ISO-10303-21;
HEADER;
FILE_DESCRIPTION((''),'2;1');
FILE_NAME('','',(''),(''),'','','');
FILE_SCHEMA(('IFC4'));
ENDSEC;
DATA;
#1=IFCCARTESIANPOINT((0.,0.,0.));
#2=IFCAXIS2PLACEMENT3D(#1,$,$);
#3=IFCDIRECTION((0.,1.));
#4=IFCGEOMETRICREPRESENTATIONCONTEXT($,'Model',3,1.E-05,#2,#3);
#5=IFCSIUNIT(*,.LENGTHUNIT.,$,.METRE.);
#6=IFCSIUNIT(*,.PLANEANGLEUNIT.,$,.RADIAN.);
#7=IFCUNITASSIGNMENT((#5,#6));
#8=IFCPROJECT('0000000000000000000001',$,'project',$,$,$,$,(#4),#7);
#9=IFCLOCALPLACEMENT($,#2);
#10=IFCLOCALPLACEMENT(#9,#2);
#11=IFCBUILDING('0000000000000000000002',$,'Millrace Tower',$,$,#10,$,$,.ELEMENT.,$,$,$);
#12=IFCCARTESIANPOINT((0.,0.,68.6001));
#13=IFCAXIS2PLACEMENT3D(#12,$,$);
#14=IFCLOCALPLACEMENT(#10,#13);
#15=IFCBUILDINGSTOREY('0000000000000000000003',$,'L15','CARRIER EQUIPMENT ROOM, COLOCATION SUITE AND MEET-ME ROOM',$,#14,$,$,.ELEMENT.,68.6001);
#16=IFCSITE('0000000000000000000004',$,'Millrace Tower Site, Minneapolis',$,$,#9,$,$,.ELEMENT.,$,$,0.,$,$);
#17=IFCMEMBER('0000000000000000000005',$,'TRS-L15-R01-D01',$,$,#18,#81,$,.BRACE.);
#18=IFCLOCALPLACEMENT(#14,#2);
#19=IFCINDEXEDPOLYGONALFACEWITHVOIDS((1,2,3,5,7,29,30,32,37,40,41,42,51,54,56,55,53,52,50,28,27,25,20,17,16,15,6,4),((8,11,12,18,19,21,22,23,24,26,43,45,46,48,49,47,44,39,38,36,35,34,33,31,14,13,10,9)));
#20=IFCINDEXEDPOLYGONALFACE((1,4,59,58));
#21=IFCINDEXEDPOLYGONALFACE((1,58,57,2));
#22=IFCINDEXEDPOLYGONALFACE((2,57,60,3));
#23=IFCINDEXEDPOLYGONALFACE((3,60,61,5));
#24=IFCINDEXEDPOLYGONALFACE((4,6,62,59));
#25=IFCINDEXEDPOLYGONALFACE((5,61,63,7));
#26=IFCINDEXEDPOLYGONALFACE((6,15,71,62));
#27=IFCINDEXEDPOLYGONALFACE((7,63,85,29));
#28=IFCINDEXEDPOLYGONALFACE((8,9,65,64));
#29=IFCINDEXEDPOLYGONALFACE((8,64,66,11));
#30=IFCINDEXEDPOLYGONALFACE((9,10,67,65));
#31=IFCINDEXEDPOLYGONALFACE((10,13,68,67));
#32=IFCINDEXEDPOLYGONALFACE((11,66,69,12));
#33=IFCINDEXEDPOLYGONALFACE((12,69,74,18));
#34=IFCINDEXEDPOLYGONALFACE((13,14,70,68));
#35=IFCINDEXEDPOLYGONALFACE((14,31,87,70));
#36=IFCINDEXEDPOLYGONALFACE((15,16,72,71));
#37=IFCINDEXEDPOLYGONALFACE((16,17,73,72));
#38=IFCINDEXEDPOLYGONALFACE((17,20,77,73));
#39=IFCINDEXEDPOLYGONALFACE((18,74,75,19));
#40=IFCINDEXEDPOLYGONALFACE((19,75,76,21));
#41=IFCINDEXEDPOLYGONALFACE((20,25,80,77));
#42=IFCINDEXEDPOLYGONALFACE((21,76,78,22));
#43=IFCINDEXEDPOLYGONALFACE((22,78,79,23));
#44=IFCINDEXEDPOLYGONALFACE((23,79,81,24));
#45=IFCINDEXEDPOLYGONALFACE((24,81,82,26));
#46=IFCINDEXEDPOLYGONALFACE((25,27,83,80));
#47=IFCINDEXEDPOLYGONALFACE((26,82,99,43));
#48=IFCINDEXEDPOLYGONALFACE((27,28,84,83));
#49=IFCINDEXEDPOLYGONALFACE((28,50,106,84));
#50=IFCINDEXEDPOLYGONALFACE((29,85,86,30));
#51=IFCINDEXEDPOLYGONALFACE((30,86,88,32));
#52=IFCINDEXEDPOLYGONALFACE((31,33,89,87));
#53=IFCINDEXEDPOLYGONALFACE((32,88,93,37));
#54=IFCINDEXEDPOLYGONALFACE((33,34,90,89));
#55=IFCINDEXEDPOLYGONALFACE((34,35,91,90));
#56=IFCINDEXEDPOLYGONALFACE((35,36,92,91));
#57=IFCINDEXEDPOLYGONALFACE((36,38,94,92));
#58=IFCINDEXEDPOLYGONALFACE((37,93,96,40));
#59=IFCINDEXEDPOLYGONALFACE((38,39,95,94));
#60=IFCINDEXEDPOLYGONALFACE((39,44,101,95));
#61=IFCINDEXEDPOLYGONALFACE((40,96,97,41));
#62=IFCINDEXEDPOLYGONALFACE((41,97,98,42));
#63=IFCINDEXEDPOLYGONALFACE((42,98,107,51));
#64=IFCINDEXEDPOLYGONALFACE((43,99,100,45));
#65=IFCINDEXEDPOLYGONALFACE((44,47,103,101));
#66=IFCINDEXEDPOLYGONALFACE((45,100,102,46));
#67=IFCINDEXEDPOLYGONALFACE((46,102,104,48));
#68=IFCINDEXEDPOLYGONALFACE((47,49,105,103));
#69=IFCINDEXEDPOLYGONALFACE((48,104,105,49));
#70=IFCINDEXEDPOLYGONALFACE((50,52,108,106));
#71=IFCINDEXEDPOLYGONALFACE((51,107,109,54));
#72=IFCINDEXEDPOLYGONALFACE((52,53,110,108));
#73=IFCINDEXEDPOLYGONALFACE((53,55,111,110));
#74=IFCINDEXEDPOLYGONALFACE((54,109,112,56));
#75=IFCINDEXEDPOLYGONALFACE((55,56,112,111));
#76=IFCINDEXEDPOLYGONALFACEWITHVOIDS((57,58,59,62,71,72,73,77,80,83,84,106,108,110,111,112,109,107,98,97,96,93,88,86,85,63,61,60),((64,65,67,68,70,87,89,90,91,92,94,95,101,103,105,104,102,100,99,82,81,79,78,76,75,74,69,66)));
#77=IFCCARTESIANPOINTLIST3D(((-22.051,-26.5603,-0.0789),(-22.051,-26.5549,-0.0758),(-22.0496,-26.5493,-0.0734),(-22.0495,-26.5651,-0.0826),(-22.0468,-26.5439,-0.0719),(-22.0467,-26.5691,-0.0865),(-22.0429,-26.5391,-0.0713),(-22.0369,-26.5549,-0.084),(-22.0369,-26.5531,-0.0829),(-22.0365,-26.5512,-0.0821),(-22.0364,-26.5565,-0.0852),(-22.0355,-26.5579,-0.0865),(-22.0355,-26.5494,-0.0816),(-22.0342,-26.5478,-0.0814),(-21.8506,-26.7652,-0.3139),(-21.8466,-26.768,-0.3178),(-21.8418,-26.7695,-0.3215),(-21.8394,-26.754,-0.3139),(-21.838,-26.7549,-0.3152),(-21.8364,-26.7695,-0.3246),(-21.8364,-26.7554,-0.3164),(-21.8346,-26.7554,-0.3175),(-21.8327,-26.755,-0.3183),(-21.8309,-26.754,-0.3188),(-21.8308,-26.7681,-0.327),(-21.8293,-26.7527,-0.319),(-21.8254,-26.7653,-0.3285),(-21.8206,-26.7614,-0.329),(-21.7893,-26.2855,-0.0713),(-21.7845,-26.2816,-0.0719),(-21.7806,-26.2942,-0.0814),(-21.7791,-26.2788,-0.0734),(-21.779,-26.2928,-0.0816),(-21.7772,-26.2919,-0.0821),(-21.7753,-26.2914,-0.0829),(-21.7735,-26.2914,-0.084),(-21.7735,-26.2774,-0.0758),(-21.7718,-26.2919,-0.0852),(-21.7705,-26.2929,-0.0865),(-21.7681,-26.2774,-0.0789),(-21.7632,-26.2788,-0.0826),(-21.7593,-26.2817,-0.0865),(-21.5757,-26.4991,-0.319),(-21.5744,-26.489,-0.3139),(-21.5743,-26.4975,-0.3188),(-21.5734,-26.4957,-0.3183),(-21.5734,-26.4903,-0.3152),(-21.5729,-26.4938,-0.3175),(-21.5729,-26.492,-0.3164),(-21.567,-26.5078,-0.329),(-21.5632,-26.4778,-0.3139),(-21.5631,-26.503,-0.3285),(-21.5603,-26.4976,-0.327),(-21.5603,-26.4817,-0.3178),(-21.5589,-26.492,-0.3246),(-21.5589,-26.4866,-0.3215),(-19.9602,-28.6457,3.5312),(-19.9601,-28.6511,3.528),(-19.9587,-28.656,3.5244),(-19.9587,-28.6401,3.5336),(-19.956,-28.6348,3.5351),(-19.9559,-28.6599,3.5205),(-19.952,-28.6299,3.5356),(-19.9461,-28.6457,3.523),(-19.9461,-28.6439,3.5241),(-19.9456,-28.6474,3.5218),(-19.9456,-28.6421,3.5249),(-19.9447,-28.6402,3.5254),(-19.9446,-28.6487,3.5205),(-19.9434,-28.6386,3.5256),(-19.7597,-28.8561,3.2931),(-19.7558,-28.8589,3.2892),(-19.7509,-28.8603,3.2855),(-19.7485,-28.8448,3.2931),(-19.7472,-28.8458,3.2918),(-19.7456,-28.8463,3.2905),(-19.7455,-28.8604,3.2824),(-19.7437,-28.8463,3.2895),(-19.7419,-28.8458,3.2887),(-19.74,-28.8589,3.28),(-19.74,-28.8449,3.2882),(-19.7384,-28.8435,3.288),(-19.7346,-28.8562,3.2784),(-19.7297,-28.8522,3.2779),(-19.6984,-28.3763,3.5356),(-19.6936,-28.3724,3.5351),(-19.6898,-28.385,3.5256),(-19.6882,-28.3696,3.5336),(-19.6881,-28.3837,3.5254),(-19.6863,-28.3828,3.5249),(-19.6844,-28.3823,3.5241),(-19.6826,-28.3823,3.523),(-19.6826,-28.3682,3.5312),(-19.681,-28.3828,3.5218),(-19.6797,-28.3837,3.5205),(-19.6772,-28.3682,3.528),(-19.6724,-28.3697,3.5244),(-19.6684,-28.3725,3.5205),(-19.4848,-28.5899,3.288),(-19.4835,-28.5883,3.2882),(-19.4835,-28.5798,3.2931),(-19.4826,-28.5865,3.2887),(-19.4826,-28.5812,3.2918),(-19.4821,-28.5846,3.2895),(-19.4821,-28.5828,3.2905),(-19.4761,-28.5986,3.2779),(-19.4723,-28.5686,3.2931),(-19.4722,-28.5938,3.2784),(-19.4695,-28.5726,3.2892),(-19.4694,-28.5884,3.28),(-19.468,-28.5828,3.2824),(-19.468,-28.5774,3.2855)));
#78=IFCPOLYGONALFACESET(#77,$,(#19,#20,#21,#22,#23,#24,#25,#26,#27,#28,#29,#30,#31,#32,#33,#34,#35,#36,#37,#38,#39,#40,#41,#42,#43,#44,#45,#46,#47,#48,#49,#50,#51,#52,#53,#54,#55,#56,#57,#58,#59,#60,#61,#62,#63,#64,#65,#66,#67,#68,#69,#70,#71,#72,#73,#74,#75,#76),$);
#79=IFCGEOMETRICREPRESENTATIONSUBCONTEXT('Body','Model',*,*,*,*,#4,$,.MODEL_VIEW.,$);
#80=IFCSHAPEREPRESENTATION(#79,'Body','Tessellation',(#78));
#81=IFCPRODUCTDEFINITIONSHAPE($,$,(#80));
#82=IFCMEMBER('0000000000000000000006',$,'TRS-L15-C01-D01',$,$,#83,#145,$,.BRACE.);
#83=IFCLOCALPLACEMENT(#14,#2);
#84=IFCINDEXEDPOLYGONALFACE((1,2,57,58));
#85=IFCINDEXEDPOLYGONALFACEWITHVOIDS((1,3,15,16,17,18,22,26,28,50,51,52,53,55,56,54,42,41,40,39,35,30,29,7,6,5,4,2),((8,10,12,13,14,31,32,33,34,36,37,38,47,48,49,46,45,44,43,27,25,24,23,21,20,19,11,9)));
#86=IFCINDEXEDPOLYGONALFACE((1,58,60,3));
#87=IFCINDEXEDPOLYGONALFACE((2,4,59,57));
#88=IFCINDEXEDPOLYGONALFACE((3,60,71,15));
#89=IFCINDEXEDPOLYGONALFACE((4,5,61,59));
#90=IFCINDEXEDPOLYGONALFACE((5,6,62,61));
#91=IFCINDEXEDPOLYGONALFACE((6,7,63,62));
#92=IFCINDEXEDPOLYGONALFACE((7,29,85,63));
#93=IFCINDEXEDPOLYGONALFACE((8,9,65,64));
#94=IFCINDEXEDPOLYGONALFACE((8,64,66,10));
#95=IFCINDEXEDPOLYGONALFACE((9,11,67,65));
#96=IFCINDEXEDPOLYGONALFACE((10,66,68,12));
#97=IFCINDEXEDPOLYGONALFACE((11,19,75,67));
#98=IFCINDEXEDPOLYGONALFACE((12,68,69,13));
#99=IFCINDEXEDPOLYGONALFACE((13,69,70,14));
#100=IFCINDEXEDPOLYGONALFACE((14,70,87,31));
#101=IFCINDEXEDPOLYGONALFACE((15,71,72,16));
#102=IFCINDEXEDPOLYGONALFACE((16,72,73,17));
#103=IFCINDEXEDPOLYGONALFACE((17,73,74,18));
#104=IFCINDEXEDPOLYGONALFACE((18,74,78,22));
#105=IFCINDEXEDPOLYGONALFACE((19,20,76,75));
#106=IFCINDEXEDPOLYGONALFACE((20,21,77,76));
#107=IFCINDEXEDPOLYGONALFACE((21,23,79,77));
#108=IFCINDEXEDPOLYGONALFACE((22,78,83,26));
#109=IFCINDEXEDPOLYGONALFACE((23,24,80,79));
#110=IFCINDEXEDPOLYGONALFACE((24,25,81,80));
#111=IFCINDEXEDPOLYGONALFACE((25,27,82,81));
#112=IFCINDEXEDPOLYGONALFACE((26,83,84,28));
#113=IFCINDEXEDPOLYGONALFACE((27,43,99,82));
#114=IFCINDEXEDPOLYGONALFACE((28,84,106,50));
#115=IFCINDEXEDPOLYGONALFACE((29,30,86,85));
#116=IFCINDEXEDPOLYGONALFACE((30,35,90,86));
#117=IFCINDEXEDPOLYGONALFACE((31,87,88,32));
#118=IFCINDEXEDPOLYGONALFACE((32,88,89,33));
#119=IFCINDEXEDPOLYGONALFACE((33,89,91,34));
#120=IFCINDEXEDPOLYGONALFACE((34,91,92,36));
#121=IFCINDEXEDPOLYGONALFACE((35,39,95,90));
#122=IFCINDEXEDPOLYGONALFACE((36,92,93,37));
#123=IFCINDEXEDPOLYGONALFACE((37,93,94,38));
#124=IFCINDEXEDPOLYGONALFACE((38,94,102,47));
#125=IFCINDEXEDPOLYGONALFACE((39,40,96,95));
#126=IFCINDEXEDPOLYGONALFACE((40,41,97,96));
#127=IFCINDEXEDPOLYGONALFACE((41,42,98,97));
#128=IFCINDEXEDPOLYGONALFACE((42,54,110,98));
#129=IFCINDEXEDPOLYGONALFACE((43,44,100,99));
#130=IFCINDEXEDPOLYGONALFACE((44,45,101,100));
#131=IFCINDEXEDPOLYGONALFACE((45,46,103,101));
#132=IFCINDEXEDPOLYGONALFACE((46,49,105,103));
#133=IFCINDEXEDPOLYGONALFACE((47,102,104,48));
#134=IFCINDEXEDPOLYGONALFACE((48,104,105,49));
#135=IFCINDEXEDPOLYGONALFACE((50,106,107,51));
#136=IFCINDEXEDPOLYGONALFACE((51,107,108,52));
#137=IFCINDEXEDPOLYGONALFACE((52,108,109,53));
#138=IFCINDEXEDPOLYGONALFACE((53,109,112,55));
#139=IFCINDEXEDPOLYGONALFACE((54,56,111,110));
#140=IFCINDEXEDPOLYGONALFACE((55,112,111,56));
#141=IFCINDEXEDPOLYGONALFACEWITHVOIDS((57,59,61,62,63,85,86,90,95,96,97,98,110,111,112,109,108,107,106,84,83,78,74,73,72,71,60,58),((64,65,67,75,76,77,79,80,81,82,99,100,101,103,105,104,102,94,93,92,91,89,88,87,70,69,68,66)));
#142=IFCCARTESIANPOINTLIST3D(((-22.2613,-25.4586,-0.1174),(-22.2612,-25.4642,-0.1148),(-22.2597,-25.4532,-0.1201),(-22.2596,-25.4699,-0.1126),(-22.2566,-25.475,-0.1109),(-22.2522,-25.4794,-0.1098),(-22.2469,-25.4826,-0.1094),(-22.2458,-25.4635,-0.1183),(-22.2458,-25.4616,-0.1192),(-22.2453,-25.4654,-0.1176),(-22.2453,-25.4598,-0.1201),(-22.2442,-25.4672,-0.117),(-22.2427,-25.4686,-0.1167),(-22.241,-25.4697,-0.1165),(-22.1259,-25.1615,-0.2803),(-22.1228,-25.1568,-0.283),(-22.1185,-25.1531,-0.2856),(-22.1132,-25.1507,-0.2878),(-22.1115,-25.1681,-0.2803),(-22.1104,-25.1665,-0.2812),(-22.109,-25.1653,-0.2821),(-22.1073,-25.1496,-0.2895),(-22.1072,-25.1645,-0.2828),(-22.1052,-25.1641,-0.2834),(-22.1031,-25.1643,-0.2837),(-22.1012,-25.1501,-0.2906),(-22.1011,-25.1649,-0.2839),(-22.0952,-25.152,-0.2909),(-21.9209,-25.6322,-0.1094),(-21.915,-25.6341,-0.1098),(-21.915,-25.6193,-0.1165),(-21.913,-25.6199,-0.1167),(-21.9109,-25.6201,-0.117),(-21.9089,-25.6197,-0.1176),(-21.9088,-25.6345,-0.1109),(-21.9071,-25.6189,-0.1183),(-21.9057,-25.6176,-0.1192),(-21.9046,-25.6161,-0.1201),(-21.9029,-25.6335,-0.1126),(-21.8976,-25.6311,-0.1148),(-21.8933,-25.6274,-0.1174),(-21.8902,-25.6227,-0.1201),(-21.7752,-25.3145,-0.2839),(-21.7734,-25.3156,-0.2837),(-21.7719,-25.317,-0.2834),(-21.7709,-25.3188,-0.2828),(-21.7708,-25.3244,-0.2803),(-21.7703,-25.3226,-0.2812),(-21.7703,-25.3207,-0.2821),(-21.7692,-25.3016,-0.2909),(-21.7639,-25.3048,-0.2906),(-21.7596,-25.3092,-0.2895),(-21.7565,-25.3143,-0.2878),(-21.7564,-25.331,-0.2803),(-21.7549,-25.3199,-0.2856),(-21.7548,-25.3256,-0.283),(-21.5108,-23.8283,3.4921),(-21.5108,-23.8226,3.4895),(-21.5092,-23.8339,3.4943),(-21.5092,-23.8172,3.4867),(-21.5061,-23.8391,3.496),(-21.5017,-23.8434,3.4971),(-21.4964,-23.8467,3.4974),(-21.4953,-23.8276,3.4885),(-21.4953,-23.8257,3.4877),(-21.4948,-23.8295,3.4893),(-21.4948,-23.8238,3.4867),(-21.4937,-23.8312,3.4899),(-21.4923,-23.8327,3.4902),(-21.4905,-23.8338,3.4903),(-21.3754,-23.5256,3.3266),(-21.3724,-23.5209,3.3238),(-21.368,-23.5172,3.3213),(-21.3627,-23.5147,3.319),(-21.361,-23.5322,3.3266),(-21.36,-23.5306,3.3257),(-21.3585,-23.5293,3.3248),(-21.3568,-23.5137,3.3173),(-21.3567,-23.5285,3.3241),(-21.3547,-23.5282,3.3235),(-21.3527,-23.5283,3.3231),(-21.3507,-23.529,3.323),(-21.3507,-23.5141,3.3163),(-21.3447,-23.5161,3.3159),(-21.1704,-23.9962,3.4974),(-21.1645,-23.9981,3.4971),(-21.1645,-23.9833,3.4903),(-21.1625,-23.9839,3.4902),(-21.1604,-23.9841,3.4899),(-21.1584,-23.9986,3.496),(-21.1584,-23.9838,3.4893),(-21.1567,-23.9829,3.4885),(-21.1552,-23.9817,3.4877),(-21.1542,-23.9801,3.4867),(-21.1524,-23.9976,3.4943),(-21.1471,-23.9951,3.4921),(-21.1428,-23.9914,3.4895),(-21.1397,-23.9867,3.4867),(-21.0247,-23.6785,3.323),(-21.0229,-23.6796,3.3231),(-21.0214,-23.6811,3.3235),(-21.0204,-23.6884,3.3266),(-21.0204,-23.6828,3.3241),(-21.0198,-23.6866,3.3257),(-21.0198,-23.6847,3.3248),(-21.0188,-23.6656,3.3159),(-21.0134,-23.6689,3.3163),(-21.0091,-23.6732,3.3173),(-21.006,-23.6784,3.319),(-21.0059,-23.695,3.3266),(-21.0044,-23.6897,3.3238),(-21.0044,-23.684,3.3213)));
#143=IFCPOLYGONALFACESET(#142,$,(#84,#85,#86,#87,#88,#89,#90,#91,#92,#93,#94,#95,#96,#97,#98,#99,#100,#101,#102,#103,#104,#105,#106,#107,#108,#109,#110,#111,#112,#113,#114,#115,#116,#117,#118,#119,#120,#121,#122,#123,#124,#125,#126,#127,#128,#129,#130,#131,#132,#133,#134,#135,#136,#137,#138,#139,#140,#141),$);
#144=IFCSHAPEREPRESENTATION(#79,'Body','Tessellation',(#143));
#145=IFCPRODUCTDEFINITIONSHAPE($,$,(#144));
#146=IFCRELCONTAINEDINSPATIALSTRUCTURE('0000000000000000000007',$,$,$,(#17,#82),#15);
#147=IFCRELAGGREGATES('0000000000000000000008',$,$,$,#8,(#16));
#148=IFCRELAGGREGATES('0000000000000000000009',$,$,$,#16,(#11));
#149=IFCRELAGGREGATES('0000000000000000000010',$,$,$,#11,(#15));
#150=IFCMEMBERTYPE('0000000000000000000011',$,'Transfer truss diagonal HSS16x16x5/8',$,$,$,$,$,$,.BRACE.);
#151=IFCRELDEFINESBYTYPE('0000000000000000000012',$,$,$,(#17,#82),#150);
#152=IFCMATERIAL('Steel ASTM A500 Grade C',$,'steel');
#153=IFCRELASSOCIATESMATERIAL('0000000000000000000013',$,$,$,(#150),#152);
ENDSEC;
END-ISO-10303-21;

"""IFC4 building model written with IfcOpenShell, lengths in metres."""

from ifc_helpers import new_model, si_unit, direction, frame, origin, origin_2d, place, context, subcontext, project, spatial, hollow_rectangle, extrude, material, material_profile, profile_set, type_object, element, save


model = new_model("IFC4")

# Units and contexts
model_context = context("Model", 3, precision=1e-05, world=origin(), true_north=direction((0.0, 1.0)))
body_context = subcontext(model_context, "Body", "Model", "MODEL_VIEW")
ifc_project = project(units=[si_unit("LENGTHUNIT", "METRE"), si_unit("PLANEANGLEUNIT", "RADIAN")], contexts=[model_context])

# Site, building, storey
site_placement = place(None, origin())
site = spatial("IfcSite", under=ifc_project, at=site_placement, Name="Millrace Tower Site, Minneapolis", CompositionType="ELEMENT", RefElevation=0.0)
building_placement = place(site_placement, origin())
building = spatial("IfcBuilding", under=site, at=building_placement, Name="Millrace Tower", CompositionType="ELEMENT")
storey_placement = place(building_placement, frame((0.0, 0.0, 68.6001)))
storey = spatial("IfcBuildingStorey", under=building, at=storey_placement, Name="L15", Description="CARRIER EQUIPMENT ROOM, COLOCATION SUITE AND MEET-ME ROOM", CompositionType="ELEMENT", Elevation=68.6001)

# Members
ifc_material_1 = material(Name="Steel ASTM A500 Grade C", Category="steel")
ifc_material_profile_1 = material_profile(ifc_material_1, hollow_rectangle(XDim=0.4065, YDim=0.4065, WallThickness=0.0159, InnerFilletRadius=0.0081, OuterFilletRadius=0.0239, at=origin_2d()))
ifc_profile_set_1 = profile_set([ifc_material_profile_1], Name="Steel ASTM A500 Grade C")
member_type_1 = type_object("IfcMemberType", Name="Transfer truss diagonal HSS16x16x5/8", PredefinedType="BRACE", material=ifc_profile_set_1)
member_1_placement = place(storey_placement, frame((-21.8049, -26.5234, -0.2002), z_axis=(0.448288, -0.448288, 0.773354), x_axis=(0.707107, 0.707107, 0.0)))
element("IfcMember", 1, at=member_1_placement, inside=storey, type_object=member_type_1, Name="TRS-L15-R01-D01", PredefinedType="BRACE", context=body_context, shape_type="SweptSolid", body=[
    extrude(hollow_rectangle(XDim=0.4065, YDim=0.4065, WallThickness=0.0159, InnerFilletRadius=0.0081, OuterFilletRadius=0.0239, at=origin_2d()), origin(), (0.0, 0.0, 1.0), 4.6641),
])
member_2_placement = place(storey_placement, frame((-22.0081, -25.3921, -0.2002), z_axis=(0.186175, 0.405843, 0.89478), x_axis=(-0.908926, 0.416958, 0.0)))
element("IfcMember", 2, at=member_2_placement, inside=storey, type_object=member_type_1, Name="TRS-L15-C01-D01", PredefinedType="BRACE", context=body_context, shape_type="SweptSolid", body=[
    extrude(hollow_rectangle(XDim=0.4065, YDim=0.4065, WallThickness=0.0159, InnerFilletRadius=0.0081, OuterFilletRadius=0.0239, at=origin_2d()), origin(), (0.0, 0.0, 1.0), 4.031),
])

save(model, "model.ifc")
